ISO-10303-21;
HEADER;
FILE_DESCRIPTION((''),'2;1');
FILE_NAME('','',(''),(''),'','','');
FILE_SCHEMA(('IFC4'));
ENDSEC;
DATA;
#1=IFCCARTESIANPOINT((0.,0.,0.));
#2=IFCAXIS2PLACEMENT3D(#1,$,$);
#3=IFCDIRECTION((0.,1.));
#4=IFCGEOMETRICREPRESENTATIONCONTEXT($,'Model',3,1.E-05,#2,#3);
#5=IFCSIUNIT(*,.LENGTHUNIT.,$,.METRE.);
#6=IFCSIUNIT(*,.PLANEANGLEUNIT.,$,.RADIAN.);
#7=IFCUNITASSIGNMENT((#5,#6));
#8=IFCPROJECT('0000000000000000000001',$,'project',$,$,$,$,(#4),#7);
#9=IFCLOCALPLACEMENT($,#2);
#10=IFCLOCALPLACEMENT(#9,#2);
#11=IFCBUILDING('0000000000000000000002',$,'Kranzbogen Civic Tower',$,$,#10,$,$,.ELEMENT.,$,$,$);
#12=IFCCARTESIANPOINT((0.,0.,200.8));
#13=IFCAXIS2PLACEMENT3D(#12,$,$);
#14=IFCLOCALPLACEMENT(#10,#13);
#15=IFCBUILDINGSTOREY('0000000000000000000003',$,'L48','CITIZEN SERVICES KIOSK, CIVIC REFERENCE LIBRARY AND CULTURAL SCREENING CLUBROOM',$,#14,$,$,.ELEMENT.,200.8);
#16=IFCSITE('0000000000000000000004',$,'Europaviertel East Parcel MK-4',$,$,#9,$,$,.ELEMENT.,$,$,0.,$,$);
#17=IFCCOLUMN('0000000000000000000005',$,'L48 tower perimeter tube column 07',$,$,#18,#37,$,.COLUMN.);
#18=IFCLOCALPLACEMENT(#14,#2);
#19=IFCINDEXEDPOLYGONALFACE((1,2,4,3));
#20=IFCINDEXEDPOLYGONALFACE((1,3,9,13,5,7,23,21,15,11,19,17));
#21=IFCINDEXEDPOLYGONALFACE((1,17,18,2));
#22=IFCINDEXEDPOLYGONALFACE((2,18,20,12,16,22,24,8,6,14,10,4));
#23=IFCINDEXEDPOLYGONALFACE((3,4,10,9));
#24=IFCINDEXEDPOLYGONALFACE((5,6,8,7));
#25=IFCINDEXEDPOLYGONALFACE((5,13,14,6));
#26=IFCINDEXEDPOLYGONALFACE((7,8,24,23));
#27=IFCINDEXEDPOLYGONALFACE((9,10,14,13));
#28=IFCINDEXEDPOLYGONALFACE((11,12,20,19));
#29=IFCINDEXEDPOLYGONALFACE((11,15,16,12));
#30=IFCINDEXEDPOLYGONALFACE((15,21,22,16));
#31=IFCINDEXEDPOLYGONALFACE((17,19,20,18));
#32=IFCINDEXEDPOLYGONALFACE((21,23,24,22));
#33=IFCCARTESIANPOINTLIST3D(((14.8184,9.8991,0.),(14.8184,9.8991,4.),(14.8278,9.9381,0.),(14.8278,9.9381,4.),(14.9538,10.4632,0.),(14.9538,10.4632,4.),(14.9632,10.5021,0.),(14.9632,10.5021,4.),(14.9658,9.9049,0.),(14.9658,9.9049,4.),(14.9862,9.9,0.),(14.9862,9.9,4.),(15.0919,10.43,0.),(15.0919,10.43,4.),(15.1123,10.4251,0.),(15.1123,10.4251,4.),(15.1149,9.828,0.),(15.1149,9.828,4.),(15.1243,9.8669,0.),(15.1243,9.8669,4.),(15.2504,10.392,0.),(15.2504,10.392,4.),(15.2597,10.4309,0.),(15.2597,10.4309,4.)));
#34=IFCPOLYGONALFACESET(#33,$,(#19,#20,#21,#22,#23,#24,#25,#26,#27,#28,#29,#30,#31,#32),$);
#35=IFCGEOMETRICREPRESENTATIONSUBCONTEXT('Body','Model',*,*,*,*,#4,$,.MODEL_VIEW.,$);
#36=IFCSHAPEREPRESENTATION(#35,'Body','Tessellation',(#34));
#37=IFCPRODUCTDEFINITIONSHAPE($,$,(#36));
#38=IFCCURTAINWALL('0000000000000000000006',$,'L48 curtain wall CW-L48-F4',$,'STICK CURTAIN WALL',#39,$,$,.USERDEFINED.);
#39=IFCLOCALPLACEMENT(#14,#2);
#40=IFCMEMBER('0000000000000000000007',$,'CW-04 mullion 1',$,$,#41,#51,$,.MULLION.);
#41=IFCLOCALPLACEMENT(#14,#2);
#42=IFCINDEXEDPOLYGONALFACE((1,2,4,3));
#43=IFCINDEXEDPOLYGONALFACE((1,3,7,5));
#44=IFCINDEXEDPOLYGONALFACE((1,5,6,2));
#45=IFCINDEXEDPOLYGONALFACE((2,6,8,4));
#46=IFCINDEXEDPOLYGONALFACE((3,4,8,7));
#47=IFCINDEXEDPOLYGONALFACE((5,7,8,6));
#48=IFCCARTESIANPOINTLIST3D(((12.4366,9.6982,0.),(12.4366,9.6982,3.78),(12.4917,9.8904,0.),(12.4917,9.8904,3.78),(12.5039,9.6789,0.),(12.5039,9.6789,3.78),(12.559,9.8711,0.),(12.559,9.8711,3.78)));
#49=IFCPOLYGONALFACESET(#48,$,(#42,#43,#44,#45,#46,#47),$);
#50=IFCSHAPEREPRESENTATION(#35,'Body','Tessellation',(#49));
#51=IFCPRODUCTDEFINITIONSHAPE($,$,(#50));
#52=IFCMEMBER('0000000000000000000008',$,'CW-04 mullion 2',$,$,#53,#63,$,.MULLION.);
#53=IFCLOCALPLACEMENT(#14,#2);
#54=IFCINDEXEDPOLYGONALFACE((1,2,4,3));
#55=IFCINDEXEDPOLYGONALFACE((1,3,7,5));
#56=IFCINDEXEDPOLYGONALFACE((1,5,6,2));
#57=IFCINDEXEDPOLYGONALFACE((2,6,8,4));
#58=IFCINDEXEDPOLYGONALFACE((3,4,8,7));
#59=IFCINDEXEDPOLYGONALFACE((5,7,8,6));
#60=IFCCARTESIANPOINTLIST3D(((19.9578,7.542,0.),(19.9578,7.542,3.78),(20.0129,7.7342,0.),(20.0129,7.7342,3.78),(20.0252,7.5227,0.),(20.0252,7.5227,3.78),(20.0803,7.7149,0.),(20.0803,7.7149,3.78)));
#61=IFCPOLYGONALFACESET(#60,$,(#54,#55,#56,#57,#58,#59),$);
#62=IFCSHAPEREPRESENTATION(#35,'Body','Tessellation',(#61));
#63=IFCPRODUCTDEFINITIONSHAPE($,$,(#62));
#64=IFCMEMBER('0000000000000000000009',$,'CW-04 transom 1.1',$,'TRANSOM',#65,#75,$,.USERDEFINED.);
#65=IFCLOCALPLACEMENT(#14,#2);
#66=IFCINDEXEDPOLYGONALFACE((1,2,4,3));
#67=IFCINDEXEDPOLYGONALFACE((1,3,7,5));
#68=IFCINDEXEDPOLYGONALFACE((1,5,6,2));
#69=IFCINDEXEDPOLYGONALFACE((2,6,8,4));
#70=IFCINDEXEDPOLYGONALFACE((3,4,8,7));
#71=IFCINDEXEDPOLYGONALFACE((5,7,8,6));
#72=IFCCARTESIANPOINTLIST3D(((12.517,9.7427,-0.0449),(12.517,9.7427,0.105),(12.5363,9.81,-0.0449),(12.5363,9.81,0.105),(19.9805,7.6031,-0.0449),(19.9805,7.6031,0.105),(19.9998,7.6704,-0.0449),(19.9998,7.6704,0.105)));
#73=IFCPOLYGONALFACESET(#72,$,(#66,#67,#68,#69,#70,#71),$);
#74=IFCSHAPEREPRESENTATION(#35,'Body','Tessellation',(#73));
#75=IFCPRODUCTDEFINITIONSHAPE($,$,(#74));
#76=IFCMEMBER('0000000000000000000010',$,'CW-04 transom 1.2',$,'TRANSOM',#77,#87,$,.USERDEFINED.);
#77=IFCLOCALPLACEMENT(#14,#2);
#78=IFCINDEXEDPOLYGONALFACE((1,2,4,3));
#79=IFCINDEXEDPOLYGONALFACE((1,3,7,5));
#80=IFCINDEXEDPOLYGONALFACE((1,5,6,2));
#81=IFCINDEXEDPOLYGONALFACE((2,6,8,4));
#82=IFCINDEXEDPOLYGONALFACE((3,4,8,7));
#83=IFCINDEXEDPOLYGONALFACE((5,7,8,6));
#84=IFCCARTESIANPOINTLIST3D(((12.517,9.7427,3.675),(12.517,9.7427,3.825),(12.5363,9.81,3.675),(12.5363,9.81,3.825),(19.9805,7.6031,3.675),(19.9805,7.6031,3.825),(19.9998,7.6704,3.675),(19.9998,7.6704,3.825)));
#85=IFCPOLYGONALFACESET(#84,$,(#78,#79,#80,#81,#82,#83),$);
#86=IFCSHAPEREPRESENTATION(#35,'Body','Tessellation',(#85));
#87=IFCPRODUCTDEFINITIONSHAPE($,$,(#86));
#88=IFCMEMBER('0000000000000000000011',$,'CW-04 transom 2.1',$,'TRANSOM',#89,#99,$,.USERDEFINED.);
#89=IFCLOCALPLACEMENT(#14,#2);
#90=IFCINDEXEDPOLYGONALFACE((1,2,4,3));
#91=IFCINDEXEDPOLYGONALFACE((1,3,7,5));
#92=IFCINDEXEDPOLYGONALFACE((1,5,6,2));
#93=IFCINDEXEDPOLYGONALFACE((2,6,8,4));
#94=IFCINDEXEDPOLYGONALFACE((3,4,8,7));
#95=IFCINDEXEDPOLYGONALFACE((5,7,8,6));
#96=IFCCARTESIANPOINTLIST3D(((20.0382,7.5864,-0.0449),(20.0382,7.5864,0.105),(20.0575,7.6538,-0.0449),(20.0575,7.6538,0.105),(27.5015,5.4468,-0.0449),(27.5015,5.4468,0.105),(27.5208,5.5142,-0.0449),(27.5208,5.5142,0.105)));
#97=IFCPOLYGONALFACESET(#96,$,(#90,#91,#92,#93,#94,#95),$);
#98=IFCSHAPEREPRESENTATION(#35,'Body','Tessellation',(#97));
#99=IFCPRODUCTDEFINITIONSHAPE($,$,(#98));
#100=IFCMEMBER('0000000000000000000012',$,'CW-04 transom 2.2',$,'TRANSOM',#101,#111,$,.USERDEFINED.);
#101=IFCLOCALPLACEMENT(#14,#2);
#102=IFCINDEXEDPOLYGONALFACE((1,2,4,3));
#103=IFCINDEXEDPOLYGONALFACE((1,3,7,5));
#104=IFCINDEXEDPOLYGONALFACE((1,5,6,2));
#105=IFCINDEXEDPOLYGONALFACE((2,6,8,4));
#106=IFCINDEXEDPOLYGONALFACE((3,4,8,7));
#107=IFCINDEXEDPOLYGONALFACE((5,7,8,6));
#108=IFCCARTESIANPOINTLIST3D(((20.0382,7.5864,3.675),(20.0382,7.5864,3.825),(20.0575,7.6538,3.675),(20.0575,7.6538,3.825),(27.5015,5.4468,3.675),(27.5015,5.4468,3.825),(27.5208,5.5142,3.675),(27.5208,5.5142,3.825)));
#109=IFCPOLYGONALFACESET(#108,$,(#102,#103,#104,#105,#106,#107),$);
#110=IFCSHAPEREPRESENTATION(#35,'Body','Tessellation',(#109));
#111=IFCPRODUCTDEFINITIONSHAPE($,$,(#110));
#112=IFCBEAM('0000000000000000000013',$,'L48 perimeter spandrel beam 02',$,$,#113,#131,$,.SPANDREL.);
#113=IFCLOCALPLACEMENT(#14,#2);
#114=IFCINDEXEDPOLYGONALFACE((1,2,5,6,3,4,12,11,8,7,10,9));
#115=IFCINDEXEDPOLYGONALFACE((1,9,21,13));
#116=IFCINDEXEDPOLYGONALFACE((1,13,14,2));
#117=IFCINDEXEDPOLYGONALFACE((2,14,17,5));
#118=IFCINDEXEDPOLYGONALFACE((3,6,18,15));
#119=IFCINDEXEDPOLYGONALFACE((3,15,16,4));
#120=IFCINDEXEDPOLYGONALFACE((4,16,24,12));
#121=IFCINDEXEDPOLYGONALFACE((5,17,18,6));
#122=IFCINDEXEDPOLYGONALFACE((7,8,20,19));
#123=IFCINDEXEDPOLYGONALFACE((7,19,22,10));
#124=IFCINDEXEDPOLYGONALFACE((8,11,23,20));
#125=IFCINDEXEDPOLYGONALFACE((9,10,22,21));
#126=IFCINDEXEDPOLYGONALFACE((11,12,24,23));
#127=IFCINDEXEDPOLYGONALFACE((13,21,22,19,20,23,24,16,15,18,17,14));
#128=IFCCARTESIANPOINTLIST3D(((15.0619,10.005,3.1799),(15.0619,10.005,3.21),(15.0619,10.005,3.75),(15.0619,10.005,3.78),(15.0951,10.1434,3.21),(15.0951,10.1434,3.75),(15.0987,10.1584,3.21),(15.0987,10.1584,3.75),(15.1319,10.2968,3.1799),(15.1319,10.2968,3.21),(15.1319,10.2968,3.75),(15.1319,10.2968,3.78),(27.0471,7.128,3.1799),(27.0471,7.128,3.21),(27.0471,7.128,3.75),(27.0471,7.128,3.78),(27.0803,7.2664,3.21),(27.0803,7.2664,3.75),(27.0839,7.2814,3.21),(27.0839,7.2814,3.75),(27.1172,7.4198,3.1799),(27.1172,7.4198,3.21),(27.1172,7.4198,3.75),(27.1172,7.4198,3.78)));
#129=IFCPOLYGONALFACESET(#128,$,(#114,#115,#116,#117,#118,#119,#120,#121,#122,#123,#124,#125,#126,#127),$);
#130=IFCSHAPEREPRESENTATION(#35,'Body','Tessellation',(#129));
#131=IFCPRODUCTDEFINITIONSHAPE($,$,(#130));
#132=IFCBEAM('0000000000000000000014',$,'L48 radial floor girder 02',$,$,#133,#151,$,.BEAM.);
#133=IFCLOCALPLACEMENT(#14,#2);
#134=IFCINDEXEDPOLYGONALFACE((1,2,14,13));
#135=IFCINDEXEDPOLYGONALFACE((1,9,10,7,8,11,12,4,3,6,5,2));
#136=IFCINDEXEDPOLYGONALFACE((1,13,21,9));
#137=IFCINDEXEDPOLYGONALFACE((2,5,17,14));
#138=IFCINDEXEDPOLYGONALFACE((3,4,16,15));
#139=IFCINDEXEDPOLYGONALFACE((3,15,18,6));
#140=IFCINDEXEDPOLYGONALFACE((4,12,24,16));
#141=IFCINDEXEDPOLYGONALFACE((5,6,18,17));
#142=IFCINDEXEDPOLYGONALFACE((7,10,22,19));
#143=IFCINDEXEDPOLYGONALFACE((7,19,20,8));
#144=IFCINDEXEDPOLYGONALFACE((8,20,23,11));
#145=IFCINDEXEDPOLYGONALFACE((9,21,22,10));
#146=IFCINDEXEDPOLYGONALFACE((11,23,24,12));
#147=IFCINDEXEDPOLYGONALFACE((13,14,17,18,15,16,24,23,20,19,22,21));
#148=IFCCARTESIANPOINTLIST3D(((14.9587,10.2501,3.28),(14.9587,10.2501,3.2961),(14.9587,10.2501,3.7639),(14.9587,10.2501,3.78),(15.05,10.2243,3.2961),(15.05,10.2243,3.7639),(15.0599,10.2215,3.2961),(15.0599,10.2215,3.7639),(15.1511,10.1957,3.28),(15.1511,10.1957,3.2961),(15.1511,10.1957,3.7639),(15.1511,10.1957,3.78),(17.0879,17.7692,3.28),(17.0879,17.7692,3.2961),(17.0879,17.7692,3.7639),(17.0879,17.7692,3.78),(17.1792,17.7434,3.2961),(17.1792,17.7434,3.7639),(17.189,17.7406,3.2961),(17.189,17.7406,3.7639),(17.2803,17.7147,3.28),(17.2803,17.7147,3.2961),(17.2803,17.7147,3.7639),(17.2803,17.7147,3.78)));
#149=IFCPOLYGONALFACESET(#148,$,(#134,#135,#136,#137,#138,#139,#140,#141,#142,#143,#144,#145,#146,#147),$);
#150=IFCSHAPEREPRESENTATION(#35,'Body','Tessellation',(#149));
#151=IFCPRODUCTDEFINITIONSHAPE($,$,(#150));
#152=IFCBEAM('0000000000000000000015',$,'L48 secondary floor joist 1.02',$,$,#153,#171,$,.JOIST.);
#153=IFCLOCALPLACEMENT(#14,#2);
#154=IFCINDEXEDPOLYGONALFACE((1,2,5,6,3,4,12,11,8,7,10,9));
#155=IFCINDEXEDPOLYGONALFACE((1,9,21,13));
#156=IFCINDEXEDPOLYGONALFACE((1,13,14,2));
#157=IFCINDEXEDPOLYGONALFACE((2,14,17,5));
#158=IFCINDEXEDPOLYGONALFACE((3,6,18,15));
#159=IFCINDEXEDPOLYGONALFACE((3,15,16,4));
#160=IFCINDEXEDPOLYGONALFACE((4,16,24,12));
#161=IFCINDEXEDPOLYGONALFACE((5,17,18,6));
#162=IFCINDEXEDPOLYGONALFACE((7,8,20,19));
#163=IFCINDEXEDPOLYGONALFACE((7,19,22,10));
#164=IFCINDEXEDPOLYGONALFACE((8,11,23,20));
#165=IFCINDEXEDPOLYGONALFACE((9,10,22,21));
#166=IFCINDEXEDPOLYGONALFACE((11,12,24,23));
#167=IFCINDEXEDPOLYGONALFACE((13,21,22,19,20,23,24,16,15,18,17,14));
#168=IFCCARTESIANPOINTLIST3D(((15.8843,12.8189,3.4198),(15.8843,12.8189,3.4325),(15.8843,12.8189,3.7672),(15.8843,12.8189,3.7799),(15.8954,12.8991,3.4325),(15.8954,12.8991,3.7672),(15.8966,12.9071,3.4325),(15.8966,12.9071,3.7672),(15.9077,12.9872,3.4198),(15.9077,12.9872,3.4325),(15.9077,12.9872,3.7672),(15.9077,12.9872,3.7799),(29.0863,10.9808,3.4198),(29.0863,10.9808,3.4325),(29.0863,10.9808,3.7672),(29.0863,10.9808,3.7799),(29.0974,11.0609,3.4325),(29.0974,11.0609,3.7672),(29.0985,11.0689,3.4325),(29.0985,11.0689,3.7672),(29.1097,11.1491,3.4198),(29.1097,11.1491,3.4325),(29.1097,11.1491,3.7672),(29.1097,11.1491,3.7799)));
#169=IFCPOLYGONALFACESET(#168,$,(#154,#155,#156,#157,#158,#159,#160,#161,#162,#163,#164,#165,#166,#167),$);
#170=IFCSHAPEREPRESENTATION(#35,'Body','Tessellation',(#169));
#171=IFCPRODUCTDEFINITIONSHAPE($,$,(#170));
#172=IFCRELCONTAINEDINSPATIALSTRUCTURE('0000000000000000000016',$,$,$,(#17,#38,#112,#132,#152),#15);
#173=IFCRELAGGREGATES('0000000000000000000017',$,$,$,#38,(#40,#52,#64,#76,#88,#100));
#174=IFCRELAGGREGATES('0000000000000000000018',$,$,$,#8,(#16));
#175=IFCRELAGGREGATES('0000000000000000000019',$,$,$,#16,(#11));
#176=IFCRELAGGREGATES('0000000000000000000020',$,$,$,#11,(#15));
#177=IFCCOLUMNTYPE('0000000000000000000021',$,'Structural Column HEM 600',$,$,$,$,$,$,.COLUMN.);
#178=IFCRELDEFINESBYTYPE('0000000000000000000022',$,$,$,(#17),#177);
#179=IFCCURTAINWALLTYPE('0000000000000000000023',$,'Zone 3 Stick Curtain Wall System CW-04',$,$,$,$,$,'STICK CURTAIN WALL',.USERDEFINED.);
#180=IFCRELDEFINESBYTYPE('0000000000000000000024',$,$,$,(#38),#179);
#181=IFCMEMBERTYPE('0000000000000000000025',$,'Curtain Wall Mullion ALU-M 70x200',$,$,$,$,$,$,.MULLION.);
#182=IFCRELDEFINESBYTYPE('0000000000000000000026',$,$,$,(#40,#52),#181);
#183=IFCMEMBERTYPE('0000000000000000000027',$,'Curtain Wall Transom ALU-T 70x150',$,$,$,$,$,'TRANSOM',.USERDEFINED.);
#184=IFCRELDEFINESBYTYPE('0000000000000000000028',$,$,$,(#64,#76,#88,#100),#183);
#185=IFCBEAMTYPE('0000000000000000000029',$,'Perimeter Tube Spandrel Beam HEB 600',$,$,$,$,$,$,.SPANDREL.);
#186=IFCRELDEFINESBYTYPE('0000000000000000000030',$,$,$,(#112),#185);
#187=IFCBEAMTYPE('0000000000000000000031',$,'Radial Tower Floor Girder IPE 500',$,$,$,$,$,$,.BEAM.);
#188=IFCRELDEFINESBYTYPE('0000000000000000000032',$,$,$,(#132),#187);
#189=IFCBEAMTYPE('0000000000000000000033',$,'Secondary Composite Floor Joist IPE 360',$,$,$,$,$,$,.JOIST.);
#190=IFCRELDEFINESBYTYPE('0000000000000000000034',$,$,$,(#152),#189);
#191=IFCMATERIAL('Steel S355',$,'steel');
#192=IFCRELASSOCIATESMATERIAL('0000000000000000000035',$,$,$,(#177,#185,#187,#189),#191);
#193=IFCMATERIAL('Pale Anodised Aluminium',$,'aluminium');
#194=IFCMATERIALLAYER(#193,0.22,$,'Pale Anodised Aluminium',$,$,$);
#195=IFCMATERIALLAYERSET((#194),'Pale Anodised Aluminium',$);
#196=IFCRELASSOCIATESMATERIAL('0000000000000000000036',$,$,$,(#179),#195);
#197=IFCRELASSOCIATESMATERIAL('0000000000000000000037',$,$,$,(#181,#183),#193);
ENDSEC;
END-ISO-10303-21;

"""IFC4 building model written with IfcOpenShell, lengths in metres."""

from ifc_helpers import new_model, si_unit, direction, frame, origin, origin_2d, place, context, subcontext, project, spatial, rectangle, i_section, extrude, material, layer, layer_set, material_profile, profile_set, type_object, element, aggregate, save


model = new_model("IFC4")

# Units and contexts
model_context = context("Model", 3, precision=1e-05, world=origin(), true_north=direction((0.0, 1.0)))
body_context = subcontext(model_context, "Body", "Model", "MODEL_VIEW")
ifc_project = project(units=[si_unit("LENGTHUNIT", "METRE"), si_unit("PLANEANGLEUNIT", "RADIAN")], contexts=[model_context])

# Site, building, storey
site_placement = place(None, origin())
site = spatial("IfcSite", under=ifc_project, at=site_placement, Name="Europaviertel East Parcel MK-4", CompositionType="ELEMENT", RefElevation=0.0)
building_placement = place(site_placement, origin())
building = spatial("IfcBuilding", under=site, at=building_placement, Name="Kranzbogen Civic Tower", CompositionType="ELEMENT")
storey_placement = place(building_placement, frame((0.0, 0.0, 200.8)))
storey = spatial("IfcBuildingStorey", under=building, at=storey_placement, Name="L48", Description="CITIZEN SERVICES KIOSK, CIVIC REFERENCE LIBRARY AND CULTURAL SCREENING CLUBROOM", CompositionType="ELEMENT", Elevation=200.8)

# Column
ifc_material_1 = material(Name="Steel S355", Category="steel")
ifc_material_profile_1 = material_profile(ifc_material_1, i_section(OverallWidth=0.3049, OverallDepth=0.6201, WebThickness=0.021, FlangeThickness=0.04, at=origin_2d()), Name="HEM 600")
ifc_profile_set_1 = profile_set([ifc_material_profile_1], Name="Steel S355")
column_type = type_object("IfcColumnType", Name="Structural Column HEM 600", PredefinedType="COLUMN", material=ifc_profile_set_1)
column_placement = place(storey_placement, frame((15.0391, 10.165, 0.0), z_axis=(0.0, 0.0, 1.0), x_axis=(-0.97237, 0.233445, 0.0)))
element("IfcColumn", 1, at=column_placement, inside=storey, type_object=column_type, Name="L48 tower perimeter tube column 07", PredefinedType="COLUMN", context=body_context, shape_type="SweptSolid", body=[
    extrude(i_section(OverallWidth=0.3049, OverallDepth=0.6201, WebThickness=0.021, FlangeThickness=0.04, at=origin_2d()), origin(), (0.0, 0.0, 1.0), 4.0),
])

# Curtain wall, members
ifc_material_2 = material(Name="Pale Anodised Aluminium", Category="aluminium")
ifc_layer_1 = layer(ifc_material_2, 0.22, Name="Pale Anodised Aluminium")
ifc_layer_set_1 = layer_set([ifc_layer_1], Name="Pale Anodised Aluminium")
curtain_wall_type = type_object("IfcCurtainWallType", Name="Zone 3 Stick Curtain Wall System CW-04", ElementType="STICK CURTAIN WALL", PredefinedType="USERDEFINED", material=ifc_layer_set_1)
curtain_wall_placement = place(storey_placement, origin())
curtain_wall = element("IfcCurtainWall", 2, at=curtain_wall_placement, inside=storey, type_object=curtain_wall_type, Name="L48 curtain wall CW-L48-F4", ObjectType="STICK CURTAIN WALL", PredefinedType="USERDEFINED")
ifc_material_profile_2 = material_profile(ifc_material_2, rectangle(XDim=0.0701, YDim=0.2, at=origin_2d()), Name="ALU-M 70x200")
ifc_profile_set_2 = profile_set([ifc_material_profile_2], Name="Pale Anodised Aluminium")
member_type_1 = type_object("IfcMemberType", Name="Curtain Wall Mullion ALU-M 70x200", PredefinedType="MULLION", material=ifc_profile_set_2)
member_1_placement = place(storey_placement, frame((12.4978, 9.7847, 0.0), z_axis=(0.0, 0.0, 1.0), x_axis=(0.961276, -0.275587, 0.0)))
member_1 = element("IfcMember", 3, at=member_1_placement, type_object=member_type_1, Name="CW-04 mullion 1", PredefinedType="MULLION", context=body_context, shape_type="SweptSolid", body=[
    extrude(rectangle(XDim=0.0701, YDim=0.2, at=origin_2d()), origin(), (0.0, 0.0, 1.0), 3.78),
])
member_2_placement = place(storey_placement, frame((20.019, 7.6284, 0.0), z_axis=(0.0, 0.0, 1.0), x_axis=(0.961276, -0.275587, 0.0)))
member_2 = element("IfcMember", 4, at=member_2_placement, type_object=member_type_1, Name="CW-04 mullion 2", PredefinedType="MULLION", context=body_context, shape_type="SweptSolid", body=[
    extrude(rectangle(XDim=0.0701, YDim=0.2, at=origin_2d()), origin(), (0.0, 0.0, 1.0), 3.78),
])
ifc_material_profile_3 = material_profile(ifc_material_2, rectangle(XDim=0.0701, YDim=0.1499, at=origin_2d()), Name="ALU-T 70x150")
ifc_profile_set_3 = profile_set([ifc_material_profile_3], Name="Pale Anodised Aluminium")
member_type_2 = type_object("IfcMemberType", Name="Curtain Wall Transom ALU-T 70x150", ElementType="TRANSOM", PredefinedType="USERDEFINED", material=ifc_profile_set_3)
member_3_placement = place(storey_placement, frame((12.5266, 9.7764, 0.03), z_axis=(0.961279, -0.275577, 0.0), x_axis=(0.275577, 0.961279, 0.0)))
member_3 = element("IfcMember", 5, at=member_3_placement, type_object=member_type_2, Name="CW-04 transom 1.1", ObjectType="TRANSOM", PredefinedType="USERDEFINED", context=body_context, shape_type="SweptSolid", body=[
    extrude(rectangle(XDim=0.0701, YDim=0.1499, at=origin_2d()), origin(), (0.0, 0.0, 1.0), 7.7642),
])
member_4_placement = place(storey_placement, frame((12.5266, 9.7764, 3.75), z_axis=(0.961279, -0.275577, 0.0), x_axis=(0.275577, 0.961279, 0.0)))
member_4 = element("IfcMember", 6, at=member_4_placement, type_object=member_type_2, Name="CW-04 transom 1.2", ObjectType="TRANSOM", PredefinedType="USERDEFINED", context=body_context, shape_type="SweptSolid", body=[
    extrude(rectangle(XDim=0.0701, YDim=0.1499, at=origin_2d()), origin(), (0.0, 0.0, 1.0), 7.7642),
])
member_5_placement = place(storey_placement, frame((20.0479, 7.6201, 0.03), z_axis=(0.961277, -0.275585, 0.0), x_axis=(0.275585, 0.961277, 0.0)))
member_5 = element("IfcMember", 7, at=member_5_placement, type_object=member_type_2, Name="CW-04 transom 2.1", ObjectType="TRANSOM", PredefinedType="USERDEFINED", context=body_context, shape_type="SweptSolid", body=[
    extrude(rectangle(XDim=0.0701, YDim=0.1499, at=origin_2d()), origin(), (0.0, 0.0, 1.0), 7.7639),
])
member_6_placement = place(storey_placement, frame((20.0479, 7.6201, 3.75), z_axis=(0.961277, -0.275585, 0.0), x_axis=(0.275585, 0.961277, 0.0)))
member_6 = element("IfcMember", 8, at=member_6_placement, type_object=member_type_2, Name="CW-04 transom 2.2", ObjectType="TRANSOM", PredefinedType="USERDEFINED", context=body_context, shape_type="SweptSolid", body=[
    extrude(rectangle(XDim=0.0701, YDim=0.1499, at=origin_2d()), origin(), (0.0, 0.0, 1.0), 7.7639),
])

# Beams
ifc_material_profile_4 = material_profile(ifc_material_1, i_section(OverallWidth=0.3, OverallDepth=0.6001, WebThickness=0.0154, FlangeThickness=0.03, at=origin_2d()), Name="HEB 600")
ifc_profile_set_4 = profile_set([ifc_material_profile_4], Name="Steel S355")
beam_type_1 = type_object("IfcBeamType", Name="Perimeter Tube Spandrel Beam HEB 600", PredefinedType="SPANDREL", material=ifc_profile_set_4)
beam_1_placement = place(storey_placement, frame((15.0969, 10.1509, 3.48), z_axis=(0.972378, -0.233413, 0.0), x_axis=(0.233413, 0.972378, 0.0)))
element("IfcBeam", 9, at=beam_1_placement, inside=storey, type_object=beam_type_1, Name="L48 perimeter spandrel beam 02", PredefinedType="SPANDREL", context=body_context, shape_type="SweptSolid", body=[
    extrude(i_section(OverallWidth=0.3, OverallDepth=0.6001, WebThickness=0.0154, FlangeThickness=0.03, at=origin_2d()), origin(), (0.0, 0.0, 1.0), 12.3257),
])
ifc_material_profile_5 = material_profile(ifc_material_1, i_section(OverallWidth=0.2, OverallDepth=0.5, WebThickness=0.0103, FlangeThickness=0.0161, at=origin_2d()), Name="IPE 500")
ifc_profile_set_5 = profile_set([ifc_material_profile_5], Name="Steel S355")
beam_type_2 = type_object("IfcBeamType", Name="Radial Tower Floor Girder IPE 500", PredefinedType="BEAM", material=ifc_profile_set_5)
beam_2_placement = place(storey_placement, frame((15.0549, 10.2229, 3.53), z_axis=(0.272455, 0.962169, 0.0), x_axis=(-0.962169, 0.272455, 0.0)))
element("IfcBeam", 10, at=beam_2_placement, inside=storey, type_object=beam_type_2, Name="L48 radial floor girder 02", PredefinedType="BEAM", context=body_context, shape_type="SweptSolid", body=[
    extrude(i_section(OverallWidth=0.2, OverallDepth=0.5, WebThickness=0.0103, FlangeThickness=0.0161, at=origin_2d()), origin(), (0.0, 0.0, 1.0), 7.8147),
])
ifc_material_profile_6 = material_profile(ifc_material_1, i_section(OverallWidth=0.1699, OverallDepth=0.3601, WebThickness=0.0081, FlangeThickness=0.0127, at=origin_2d()), Name="IPE 360")
ifc_profile_set_6 = profile_set([ifc_material_profile_6], Name="Steel S355")
beam_type_3 = type_object("IfcBeamType", Name="Secondary Composite Floor Joist IPE 360", PredefinedType="JOIST", material=ifc_profile_set_6)
beam_3_placement = place(storey_placement, frame((15.896, 12.9031, 3.5999), z_axis=(0.990446, -0.137902, 0.0), x_axis=(0.137902, 0.990446, 0.0)))
element("IfcBeam", 11, at=beam_3_placement, inside=storey, type_object=beam_type_3, Name="L48 secondary floor joist 1.02", PredefinedType="JOIST", context=body_context, shape_type="SweptSolid", body=[
    extrude(i_section(OverallWidth=0.1699, OverallDepth=0.3601, WebThickness=0.0081, FlangeThickness=0.0127, at=origin_2d()), origin(), (0.0, 0.0, 1.0), 13.3293),
])

aggregate(curtain_wall, [member_1, member_2, member_3, member_4, member_5, member_6])

save(model, "model.ifc")
